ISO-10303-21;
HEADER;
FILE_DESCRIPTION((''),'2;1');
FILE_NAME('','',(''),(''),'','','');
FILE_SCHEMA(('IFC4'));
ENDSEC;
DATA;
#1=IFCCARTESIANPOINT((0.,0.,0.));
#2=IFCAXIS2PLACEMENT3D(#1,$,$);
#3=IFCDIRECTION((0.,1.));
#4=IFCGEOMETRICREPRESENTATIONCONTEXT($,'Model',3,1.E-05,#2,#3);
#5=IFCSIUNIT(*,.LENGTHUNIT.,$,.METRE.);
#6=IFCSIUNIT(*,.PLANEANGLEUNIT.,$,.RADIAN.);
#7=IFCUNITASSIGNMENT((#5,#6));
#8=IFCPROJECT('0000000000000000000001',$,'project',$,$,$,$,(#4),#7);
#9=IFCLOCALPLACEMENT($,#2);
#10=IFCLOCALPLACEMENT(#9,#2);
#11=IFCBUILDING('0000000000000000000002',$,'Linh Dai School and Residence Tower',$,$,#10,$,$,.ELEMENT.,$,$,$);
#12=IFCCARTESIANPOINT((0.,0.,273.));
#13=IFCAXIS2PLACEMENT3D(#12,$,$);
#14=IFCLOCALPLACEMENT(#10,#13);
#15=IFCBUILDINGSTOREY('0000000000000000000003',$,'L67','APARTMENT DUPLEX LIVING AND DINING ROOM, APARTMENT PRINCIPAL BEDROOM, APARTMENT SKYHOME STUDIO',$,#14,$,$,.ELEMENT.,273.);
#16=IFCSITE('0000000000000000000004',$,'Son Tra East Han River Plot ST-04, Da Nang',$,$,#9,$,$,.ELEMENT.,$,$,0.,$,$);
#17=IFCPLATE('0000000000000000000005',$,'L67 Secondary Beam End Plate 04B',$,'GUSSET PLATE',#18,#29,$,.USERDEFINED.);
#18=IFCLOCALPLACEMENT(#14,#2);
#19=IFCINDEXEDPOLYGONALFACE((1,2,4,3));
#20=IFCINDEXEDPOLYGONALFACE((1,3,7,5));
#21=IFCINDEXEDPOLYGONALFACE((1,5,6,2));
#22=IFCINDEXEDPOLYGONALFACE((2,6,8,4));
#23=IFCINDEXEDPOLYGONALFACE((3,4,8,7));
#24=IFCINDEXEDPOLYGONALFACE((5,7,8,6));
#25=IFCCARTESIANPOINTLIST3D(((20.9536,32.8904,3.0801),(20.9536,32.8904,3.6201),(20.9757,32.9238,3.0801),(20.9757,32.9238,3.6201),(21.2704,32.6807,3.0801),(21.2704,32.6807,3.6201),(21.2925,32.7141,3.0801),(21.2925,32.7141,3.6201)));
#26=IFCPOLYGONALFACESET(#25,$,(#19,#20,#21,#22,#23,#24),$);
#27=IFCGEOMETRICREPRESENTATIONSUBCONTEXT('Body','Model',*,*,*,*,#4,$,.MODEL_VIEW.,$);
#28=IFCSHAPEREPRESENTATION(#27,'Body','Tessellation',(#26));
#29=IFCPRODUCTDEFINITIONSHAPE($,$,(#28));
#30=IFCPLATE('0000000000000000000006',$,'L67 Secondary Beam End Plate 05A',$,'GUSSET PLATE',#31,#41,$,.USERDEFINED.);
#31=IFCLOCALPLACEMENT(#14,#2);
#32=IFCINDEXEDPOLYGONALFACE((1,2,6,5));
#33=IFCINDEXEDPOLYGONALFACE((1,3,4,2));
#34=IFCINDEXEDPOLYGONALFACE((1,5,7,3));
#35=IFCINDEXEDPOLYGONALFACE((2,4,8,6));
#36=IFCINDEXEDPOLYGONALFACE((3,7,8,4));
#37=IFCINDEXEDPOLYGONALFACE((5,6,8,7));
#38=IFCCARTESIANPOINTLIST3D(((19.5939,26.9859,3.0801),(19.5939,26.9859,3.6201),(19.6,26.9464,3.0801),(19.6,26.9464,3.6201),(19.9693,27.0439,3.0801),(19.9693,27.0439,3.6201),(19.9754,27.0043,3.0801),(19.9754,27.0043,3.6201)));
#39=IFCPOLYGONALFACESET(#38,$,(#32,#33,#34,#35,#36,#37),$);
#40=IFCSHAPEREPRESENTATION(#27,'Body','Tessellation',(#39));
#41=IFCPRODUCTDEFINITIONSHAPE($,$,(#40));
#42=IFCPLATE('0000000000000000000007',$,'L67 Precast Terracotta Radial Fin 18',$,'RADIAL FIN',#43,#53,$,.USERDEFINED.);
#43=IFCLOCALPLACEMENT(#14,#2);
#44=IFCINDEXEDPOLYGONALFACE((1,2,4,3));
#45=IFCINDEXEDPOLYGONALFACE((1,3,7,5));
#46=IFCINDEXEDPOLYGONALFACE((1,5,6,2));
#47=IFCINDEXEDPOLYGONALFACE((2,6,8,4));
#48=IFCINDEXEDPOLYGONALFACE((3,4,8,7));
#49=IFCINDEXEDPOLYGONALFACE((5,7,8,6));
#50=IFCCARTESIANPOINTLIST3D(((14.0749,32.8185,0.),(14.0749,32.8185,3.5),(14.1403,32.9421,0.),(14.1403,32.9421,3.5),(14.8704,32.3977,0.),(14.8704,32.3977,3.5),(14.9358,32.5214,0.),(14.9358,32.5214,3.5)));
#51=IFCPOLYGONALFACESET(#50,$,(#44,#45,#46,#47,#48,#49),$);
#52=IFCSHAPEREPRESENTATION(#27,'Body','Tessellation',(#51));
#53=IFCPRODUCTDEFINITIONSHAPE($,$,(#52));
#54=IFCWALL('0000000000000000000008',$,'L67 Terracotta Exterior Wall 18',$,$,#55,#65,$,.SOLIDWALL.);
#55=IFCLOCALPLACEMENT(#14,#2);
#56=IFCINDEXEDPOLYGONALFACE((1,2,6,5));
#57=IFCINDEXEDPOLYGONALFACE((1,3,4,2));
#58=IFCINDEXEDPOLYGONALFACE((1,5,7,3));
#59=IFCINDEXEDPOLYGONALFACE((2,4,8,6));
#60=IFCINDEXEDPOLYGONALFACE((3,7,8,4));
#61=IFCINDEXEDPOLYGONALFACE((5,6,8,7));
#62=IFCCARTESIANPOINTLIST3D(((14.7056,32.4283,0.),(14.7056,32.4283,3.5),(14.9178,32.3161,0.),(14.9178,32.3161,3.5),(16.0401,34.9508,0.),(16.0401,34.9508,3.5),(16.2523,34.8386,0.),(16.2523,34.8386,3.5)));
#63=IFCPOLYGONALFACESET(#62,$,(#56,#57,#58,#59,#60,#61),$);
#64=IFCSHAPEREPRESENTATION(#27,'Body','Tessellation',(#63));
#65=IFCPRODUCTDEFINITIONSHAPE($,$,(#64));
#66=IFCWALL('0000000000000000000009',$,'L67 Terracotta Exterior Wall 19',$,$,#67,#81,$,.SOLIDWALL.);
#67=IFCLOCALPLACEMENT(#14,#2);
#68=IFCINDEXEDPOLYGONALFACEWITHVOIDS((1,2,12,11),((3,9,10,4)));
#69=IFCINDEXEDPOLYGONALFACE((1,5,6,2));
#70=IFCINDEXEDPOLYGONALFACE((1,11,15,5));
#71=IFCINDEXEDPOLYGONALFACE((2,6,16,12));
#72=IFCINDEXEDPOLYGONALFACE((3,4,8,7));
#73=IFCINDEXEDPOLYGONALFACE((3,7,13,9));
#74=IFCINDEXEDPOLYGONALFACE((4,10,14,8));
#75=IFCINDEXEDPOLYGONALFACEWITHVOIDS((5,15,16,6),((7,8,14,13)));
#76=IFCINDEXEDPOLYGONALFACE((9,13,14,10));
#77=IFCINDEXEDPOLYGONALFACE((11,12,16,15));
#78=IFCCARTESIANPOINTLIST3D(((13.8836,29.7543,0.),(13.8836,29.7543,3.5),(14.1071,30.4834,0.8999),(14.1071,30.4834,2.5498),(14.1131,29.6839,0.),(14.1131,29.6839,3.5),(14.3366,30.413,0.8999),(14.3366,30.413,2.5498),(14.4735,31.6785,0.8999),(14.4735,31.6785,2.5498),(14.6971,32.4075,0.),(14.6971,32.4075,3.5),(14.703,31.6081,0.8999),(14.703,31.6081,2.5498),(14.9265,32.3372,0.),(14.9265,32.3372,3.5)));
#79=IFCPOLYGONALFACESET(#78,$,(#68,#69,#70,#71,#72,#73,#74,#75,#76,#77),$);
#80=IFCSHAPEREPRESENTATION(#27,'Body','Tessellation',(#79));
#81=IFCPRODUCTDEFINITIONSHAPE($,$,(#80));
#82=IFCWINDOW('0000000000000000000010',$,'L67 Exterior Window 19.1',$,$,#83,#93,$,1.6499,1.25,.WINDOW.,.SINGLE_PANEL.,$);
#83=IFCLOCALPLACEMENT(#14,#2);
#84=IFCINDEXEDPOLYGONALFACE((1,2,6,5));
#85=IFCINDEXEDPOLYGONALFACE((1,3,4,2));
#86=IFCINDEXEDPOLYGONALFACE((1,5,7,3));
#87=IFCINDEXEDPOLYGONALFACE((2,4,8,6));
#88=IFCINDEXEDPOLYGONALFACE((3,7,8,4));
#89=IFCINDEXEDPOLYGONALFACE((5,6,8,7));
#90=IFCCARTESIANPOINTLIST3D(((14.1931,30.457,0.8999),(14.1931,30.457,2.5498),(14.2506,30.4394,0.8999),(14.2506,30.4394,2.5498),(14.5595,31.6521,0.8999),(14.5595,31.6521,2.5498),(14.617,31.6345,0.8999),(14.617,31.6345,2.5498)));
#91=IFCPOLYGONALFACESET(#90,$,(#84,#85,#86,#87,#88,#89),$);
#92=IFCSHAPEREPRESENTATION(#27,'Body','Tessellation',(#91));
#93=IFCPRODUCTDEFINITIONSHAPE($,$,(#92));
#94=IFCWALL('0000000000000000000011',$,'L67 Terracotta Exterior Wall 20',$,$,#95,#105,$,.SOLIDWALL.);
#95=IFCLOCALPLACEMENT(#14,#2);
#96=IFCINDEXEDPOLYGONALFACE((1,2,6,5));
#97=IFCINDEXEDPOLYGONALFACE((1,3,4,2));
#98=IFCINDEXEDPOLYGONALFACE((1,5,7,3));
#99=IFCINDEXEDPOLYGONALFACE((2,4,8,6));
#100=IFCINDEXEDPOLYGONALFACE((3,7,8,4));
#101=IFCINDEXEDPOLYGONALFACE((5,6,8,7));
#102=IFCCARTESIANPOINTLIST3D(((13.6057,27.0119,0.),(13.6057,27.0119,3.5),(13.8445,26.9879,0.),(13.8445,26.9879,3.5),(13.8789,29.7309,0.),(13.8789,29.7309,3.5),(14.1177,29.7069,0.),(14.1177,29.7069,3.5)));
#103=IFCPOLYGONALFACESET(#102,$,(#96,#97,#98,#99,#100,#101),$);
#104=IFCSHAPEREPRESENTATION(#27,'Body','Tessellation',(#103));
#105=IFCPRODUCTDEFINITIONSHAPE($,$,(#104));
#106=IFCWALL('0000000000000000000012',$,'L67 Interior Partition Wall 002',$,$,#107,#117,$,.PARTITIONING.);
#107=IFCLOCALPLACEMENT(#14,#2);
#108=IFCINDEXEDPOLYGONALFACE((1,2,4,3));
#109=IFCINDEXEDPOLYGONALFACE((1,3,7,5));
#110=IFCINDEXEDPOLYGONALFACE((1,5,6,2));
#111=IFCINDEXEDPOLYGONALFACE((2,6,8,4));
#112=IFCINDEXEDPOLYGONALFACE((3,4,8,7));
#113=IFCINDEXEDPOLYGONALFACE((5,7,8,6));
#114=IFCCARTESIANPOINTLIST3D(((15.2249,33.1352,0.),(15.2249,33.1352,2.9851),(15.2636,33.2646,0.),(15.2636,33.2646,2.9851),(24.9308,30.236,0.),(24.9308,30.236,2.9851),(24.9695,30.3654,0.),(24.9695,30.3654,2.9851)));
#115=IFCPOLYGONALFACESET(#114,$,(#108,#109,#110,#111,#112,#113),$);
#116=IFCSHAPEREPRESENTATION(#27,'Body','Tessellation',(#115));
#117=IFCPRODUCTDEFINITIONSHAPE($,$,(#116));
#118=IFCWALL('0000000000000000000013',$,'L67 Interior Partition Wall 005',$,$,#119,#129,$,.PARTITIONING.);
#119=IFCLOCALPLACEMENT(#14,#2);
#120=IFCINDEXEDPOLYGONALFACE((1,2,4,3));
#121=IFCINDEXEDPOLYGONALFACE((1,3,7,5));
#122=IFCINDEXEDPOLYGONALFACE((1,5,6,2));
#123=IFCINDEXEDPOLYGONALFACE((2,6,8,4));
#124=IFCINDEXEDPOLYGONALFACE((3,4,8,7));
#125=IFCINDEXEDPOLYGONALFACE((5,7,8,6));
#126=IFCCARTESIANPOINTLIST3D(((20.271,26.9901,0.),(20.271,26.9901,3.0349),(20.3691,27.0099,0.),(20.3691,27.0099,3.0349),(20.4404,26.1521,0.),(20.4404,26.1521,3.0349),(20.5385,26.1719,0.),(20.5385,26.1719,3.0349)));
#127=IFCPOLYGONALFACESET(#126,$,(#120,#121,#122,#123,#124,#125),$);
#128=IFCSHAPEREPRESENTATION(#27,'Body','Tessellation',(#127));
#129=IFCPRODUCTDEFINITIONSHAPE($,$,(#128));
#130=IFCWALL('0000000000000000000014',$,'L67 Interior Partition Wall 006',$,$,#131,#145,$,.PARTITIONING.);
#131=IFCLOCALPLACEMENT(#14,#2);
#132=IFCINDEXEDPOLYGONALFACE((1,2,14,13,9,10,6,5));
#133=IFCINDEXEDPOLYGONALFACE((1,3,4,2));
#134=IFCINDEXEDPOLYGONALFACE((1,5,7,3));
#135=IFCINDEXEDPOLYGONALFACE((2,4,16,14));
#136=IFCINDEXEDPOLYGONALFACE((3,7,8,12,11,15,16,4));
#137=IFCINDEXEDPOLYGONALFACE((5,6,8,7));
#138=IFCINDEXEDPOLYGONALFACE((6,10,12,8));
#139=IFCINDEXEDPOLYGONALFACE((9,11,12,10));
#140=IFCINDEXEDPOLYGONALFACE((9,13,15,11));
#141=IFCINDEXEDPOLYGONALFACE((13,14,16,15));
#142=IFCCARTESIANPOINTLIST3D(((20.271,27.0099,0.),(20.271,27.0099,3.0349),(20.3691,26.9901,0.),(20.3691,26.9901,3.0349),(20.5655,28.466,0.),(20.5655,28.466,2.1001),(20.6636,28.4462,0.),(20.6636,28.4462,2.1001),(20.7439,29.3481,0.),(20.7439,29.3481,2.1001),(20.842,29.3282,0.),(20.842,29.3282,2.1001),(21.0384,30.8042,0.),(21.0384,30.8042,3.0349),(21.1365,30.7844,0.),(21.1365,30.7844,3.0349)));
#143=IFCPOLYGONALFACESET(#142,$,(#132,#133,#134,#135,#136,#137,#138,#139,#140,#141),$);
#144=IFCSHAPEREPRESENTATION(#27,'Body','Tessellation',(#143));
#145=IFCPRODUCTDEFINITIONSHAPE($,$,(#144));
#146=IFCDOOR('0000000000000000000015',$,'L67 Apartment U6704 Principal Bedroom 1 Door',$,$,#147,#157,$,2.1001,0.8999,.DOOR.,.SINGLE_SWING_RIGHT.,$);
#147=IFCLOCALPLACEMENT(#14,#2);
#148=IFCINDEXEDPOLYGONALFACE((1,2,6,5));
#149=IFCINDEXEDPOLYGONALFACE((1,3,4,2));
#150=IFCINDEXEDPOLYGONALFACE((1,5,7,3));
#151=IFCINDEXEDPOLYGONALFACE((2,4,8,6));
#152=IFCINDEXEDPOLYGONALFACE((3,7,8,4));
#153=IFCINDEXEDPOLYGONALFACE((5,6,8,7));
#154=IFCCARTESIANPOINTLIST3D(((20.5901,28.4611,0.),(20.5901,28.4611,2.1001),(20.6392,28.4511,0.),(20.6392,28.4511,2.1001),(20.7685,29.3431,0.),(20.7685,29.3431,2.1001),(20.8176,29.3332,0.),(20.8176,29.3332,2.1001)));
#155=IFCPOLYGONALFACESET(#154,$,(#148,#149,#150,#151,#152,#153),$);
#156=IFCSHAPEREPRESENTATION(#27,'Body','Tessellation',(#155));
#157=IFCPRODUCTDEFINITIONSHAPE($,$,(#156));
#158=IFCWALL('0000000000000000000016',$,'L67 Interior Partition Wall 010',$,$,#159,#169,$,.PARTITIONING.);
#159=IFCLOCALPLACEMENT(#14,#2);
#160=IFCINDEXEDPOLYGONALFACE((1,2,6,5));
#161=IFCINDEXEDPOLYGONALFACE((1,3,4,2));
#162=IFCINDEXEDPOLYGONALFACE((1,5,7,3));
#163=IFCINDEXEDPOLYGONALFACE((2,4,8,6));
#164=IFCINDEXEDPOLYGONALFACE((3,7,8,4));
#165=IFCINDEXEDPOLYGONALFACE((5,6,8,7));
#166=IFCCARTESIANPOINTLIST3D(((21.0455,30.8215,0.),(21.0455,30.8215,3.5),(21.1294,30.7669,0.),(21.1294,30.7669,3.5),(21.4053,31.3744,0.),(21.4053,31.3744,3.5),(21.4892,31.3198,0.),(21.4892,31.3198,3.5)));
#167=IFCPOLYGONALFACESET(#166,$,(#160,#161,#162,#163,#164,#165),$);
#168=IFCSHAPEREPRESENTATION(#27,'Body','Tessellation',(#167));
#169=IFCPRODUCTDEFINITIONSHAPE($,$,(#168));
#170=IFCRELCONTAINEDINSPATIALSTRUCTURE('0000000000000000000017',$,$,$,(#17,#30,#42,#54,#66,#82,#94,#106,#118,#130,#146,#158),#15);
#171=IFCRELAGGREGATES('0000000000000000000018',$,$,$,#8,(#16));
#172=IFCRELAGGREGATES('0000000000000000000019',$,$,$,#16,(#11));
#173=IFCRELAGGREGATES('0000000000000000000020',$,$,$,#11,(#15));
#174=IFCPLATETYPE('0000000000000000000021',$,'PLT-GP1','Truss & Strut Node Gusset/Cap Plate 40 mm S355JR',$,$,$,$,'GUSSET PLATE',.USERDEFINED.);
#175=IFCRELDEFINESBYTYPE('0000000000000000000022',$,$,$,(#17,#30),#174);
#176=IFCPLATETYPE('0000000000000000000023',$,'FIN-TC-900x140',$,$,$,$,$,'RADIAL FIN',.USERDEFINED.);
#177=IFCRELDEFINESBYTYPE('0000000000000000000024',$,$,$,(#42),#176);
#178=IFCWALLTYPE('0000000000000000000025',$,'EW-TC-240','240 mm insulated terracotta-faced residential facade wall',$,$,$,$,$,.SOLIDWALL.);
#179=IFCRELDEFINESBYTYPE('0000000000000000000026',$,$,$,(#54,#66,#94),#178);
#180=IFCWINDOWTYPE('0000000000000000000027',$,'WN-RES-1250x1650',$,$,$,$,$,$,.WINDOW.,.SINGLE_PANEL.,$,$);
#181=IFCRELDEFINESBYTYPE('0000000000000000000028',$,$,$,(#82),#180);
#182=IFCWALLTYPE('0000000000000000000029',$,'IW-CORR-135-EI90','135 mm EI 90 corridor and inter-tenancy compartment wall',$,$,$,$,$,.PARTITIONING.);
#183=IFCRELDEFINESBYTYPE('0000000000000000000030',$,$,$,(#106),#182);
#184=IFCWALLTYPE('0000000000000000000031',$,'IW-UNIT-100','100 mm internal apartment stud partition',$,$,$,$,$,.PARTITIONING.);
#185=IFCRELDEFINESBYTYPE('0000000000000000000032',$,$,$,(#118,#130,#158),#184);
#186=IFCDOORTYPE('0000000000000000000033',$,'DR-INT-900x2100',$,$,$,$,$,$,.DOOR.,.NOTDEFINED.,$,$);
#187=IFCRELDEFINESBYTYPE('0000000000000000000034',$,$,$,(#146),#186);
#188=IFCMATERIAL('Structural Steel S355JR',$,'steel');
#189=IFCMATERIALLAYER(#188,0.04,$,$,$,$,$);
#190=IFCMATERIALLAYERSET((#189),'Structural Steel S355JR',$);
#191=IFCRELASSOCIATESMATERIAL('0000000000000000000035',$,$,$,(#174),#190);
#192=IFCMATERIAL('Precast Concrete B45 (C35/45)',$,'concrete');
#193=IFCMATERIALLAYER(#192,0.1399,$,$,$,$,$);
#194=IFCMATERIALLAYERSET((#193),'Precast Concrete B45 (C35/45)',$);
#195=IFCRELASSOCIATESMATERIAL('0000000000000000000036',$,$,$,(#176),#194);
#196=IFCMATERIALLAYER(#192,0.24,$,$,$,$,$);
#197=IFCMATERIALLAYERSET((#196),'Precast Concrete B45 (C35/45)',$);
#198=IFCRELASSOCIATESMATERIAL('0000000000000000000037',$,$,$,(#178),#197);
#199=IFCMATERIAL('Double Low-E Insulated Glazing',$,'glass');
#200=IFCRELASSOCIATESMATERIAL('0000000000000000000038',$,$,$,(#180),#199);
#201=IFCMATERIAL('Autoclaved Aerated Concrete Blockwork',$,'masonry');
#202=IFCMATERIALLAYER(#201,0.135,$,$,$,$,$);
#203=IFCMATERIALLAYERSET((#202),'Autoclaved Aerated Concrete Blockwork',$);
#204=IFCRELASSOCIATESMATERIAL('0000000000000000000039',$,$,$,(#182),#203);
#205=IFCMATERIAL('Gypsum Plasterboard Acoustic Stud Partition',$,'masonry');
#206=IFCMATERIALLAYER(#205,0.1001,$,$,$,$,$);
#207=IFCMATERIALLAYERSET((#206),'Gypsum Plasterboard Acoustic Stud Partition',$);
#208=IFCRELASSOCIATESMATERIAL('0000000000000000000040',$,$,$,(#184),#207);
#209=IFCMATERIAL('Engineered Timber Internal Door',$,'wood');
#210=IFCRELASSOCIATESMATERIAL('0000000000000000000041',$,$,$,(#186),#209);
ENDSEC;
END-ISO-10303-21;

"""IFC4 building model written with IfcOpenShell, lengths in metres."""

from ifc_helpers import new_model, si_unit, direction, frame, frame_2d, origin, origin_2d, place, context, subcontext, project, spatial, rectangle, extrude, source, transform, mapped, material, layer, layer_set, type_object, element, fill, save


model = new_model("IFC4")

# Units and contexts
model_context = context("Model", 3, precision=1e-05, world=origin(), true_north=direction((0.0, 1.0)))
body_context = subcontext(model_context, "Body", "Model", "MODEL_VIEW")
ifc_project = project(units=[si_unit("LENGTHUNIT", "METRE"), si_unit("PLANEANGLEUNIT", "RADIAN")], contexts=[model_context])

# Site, building, storey
site_placement = place(None, origin())
site = spatial("IfcSite", under=ifc_project, at=site_placement, Name="Son Tra East Han River Plot ST-04, Da Nang", CompositionType="ELEMENT", RefElevation=0.0)
building_placement = place(site_placement, origin())
building = spatial("IfcBuilding", under=site, at=building_placement, Name="Linh Dai School and Residence Tower", CompositionType="ELEMENT")
storey_placement = place(building_placement, frame((0.0, 0.0, 273.0)))
storey = spatial("IfcBuildingStorey", under=building, at=storey_placement, Name="L67", Description="APARTMENT DUPLEX LIVING AND DINING ROOM, APARTMENT PRINCIPAL BEDROOM, APARTMENT SKYHOME STUDIO", CompositionType="ELEMENT", Elevation=273.0)

# Shared definitions
ifc_material_1 = material(Name="Structural Steel S355JR", Category="steel")

# Plates
ifc_layer_1 = layer(ifc_material_1, 0.04)
ifc_layer_set_1 = layer_set([ifc_layer_1], Name="Structural Steel S355JR")
plate_type_1 = type_object("IfcPlateType", Name="PLT-GP1", Description="Truss & Strut Node Gusset/Cap Plate 40 mm S355JR", ElementType="GUSSET PLATE", PredefinedType="USERDEFINED", material=ifc_layer_set_1)
shared_shape_1 = source(origin(), body_context, "Body", "SweptSolid", [
    extrude(rectangle(XDim=0.04, YDim=0.3799, at=origin_2d()), origin(), (0.0, 0.0, 1.0), 0.54),
])
for number, where, z_axis, x_axis, name in (
    (1, (21.123, 32.8022, 3.0801), (0.0, 0.0, 1.0), (-0.552122, -0.833763, 0.0), "L67 Secondary Beam End Plate 04B"),
    (2, (19.7847, 26.9951, 3.0801), (0.0, 0.0, 1.0), (0.152474, -0.988308, 0.0), "L67 Secondary Beam End Plate 05A"),
):
    element("IfcPlate", number, at=place(storey_placement, frame(where, z_axis=z_axis, x_axis=x_axis)), inside=storey, type_object=plate_type_1, Name=name, ObjectType="GUSSET PLATE", PredefinedType="USERDEFINED", context=body_context, shape_type="MappedRepresentation", body=[
        mapped(shared_shape_1, transform((0.0, 0.0, 0.0), x_axis=(1.0, 0.0, 0.0), y_axis=(0.0, 1.0, 0.0), z_axis=(0.0, 0.0, 1.0), scale=1.0)),
    ])
ifc_material_2 = material(Name="Precast Concrete B45 (C35/45)", Category="concrete")
ifc_layer_2 = layer(ifc_material_2, 0.1399)
ifc_layer_set_2 = layer_set([ifc_layer_2], Name="Precast Concrete B45 (C35/45)")
plate_type_2 = type_object("IfcPlateType", Name="FIN-TC-900x140", ElementType="RADIAL FIN", PredefinedType="USERDEFINED", material=ifc_layer_set_2)
shared_shape_2 = source(origin(), body_context, "Body", "SweptSolid", [
    extrude(rectangle(XDim=0.8999, YDim=0.1399, at=origin_2d()), origin(), (0.0, 0.0, 1.0), 3.5),
])
plate_placement = place(storey_placement, frame((14.5054, 32.6699, 0.0), z_axis=(0.0, 0.0, 1.0), x_axis=(-0.883938, 0.467604, 0.0)))
element("IfcPlate", 3, at=plate_placement, inside=storey, type_object=plate_type_2, Name="L67 Precast Terracotta Radial Fin 18", ObjectType="RADIAL FIN", PredefinedType="USERDEFINED", context=body_context, shape_type="MappedRepresentation", body=[
    mapped(shared_shape_2, transform((0.0, 0.0, 0.0), x_axis=(1.0, 0.0, 0.0), y_axis=(0.0, 1.0, 0.0), z_axis=(0.0, 0.0, 1.0), scale=1.0)),
])

# Wall
ifc_layer_3 = layer(ifc_material_2, 0.24)
ifc_layer_set_3 = layer_set([ifc_layer_3], Name="Precast Concrete B45 (C35/45)")
wall_type_1 = type_object("IfcWallType", Name="EW-TC-240", Description="240 mm insulated terracotta-faced residential facade wall", PredefinedType="SOLIDWALL", material=ifc_layer_set_3)
wall_1_placement = place(storey_placement, frame((14.8118, 32.3723, 0.0), z_axis=(0.0, 0.0, 1.0), x_axis=(0.467628, 0.883925, 0.0)))
element("IfcWall", 4, at=wall_1_placement, inside=storey, type_object=wall_type_1, Name="L67 Terracotta Exterior Wall 18", PredefinedType="SOLIDWALL", context=body_context, shape_type="SweptSolid", body=[
    extrude(rectangle(XDim=2.8538, YDim=0.24, at=frame_2d((1.4268, 0.0))), origin(), (0.0, 0.0, 1.0), 3.5),
])

# Wall, opening, window
wall_2_placement = place(storey_placement, frame((13.9983, 29.719, 0.0), z_axis=(0.0, 0.0, 1.0), x_axis=(0.293121, 0.956075, 0.0)))
wall_2 = element("IfcWall", 5, at=wall_2_placement, inside=storey, type_object=wall_type_1, Name="L67 Terracotta Exterior Wall 19", PredefinedType="SOLIDWALL", context=body_context, shape_type="SweptSolid", body=[
    extrude(rectangle(XDim=2.7751, YDim=0.24, at=frame_2d((1.3877, 0.0))), origin(), (0.0, 0.0, 1.0), 3.5),
])
opening_1_placement = place(wall_2_placement, frame((0.7627, 0.0, 0.8999)))
opening_1 = element("IfcOpeningElement", 6, at=opening_1_placement, cuts=wall_2, PredefinedType="OPENING", context=body_context, shape_type="SweptSolid", body=[
    extrude(rectangle(XDim=1.25, YDim=1.6499, at=origin_2d()), frame((0.625, 0.1299, 0.825), z_axis=(0.0, -1.0, 0.0), x_axis=(1.0, 0.0, 0.0)), (0.0, 0.0, 1.0), 0.26),
])
ifc_material_3 = material(Name="Double Low-E Insulated Glazing", Category="glass")
window_type = type_object("IfcWindowType", Name="WN-RES-1250x1650", PartitioningType="SINGLE_PANEL", PredefinedType="WINDOW", material=ifc_material_3)
shared_shape_3 = source(origin(), body_context, "Body", "SweptSolid", [
    extrude(rectangle(XDim=1.25, YDim=1.6499, at=origin_2d()), frame((0.625, 0.03, 0.825), z_axis=(0.0, -1.0, 0.0), x_axis=(1.0, 0.0, 0.0)), (0.0, 0.0, 1.0), 0.0601),
])
window_placement = place(opening_1_placement, origin())
window = element("IfcWindow", 7, at=window_placement, inside=storey, type_object=window_type, Name="L67 Exterior Window 19.1", OverallHeight=1.6499, OverallWidth=1.25, PartitioningType="SINGLE_PANEL", PredefinedType="WINDOW", context=body_context, shape_type="MappedRepresentation", body=[
    mapped(shared_shape_3, transform((0.0, 0.0, 0.0), x_axis=(1.0, 0.0, 0.0), y_axis=(0.0, 1.0, 0.0), z_axis=(0.0, 0.0, 1.0), scale=1.0)),
])
fill(opening_1, window)

# Walls
wall_3_placement = place(storey_placement, frame((13.7251, 27.0, 0.0), z_axis=(0.0, 0.0, 1.0), x_axis=(0.099973, 0.99499, 0.0)))
element("IfcWall", 8, at=wall_3_placement, inside=storey, type_object=wall_type_1, Name="L67 Terracotta Exterior Wall 20", PredefinedType="SOLIDWALL", context=body_context, shape_type="SweptSolid", body=[
    extrude(rectangle(XDim=2.7327, YDim=0.24, at=frame_2d((1.3662, 0.0))), origin(), (0.0, 0.0, 1.0), 3.5),
])
ifc_material_4 = material(Name="Autoclaved Aerated Concrete Blockwork", Category="masonry")
ifc_layer_4 = layer(ifc_material_4, 0.135)
ifc_layer_set_4 = layer_set([ifc_layer_4], Name="Autoclaved Aerated Concrete Blockwork")
wall_type_2 = type_object("IfcWallType", Name="IW-CORR-135-EI90", Description="135 mm EI 90 corridor and inter-tenancy compartment wall", PredefinedType="PARTITIONING", material=ifc_layer_set_4)
wall_4_placement = place(storey_placement, frame((15.2441, 33.2, 0.0), z_axis=(0.0, 0.0, 1.0), x_axis=(0.958167, -0.286209, 0.0)))
element("IfcWall", 9, at=wall_4_placement, inside=storey, type_object=wall_type_2, Name="L67 Interior Partition Wall 002", PredefinedType="PARTITIONING", context=body_context, shape_type="SweptSolid", body=[
    extrude(rectangle(XDim=10.1296, YDim=0.135, at=frame_2d((5.0649, 0.0))), origin(), (0.0, 0.0, 1.0), 2.9851),
])
ifc_material_5 = material(Name="Gypsum Plasterboard Acoustic Stud Partition", Category="masonry")
ifc_layer_5 = layer(ifc_material_5, 0.1001)
ifc_layer_set_5 = layer_set([ifc_layer_5], Name="Gypsum Plasterboard Acoustic Stud Partition")
wall_type_3 = type_object("IfcWallType", Name="IW-UNIT-100", Description="100 mm internal apartment stud partition", PredefinedType="PARTITIONING", material=ifc_layer_set_5)
wall_5_placement = place(storey_placement, frame((20.3201, 27.0, 0.0), z_axis=(0.0, 0.0, 1.0), x_axis=(0.198147, -0.980172, 0.0)))
element("IfcWall", 10, at=wall_5_placement, inside=storey, type_object=wall_type_3, Name="L67 Interior Partition Wall 005", PredefinedType="PARTITIONING", context=body_context, shape_type="SweptSolid", body=[
    extrude(rectangle(XDim=0.855, YDim=0.1001, at=frame_2d((0.4275, 0.0))), origin(), (0.0, 0.0, 1.0), 3.0349),
])

# Wall, opening, door
wall_6_placement = place(storey_placement, frame((20.3201, 27.0, 0.0), z_axis=(0.0, 0.0, 1.0), x_axis=(0.198226, 0.980156, 0.0)))
wall_6 = element("IfcWall", 11, at=wall_6_placement, inside=storey, type_object=wall_type_3, Name="L67 Interior Partition Wall 006", PredefinedType="PARTITIONING", context=body_context, shape_type="SweptSolid", body=[
    extrude(rectangle(XDim=3.8711, YDim=0.1001, at=frame_2d((1.9355, 0.0))), origin(), (0.0, 0.0, 1.0), 3.0349),
])
opening_2_placement = place(wall_6_placement, frame((1.4856, 0.0, 0.0)))
opening_2 = element("IfcOpeningElement", 12, at=opening_2_placement, cuts=wall_6, PredefinedType="OPENING", context=body_context, shape_type="SweptSolid", body=[
    extrude(rectangle(XDim=0.8999, YDim=2.1001, at=origin_2d()), frame((0.45, 0.0601, 1.05), z_axis=(0.0, -1.0, 0.0), x_axis=(1.0, 0.0, 0.0)), (0.0, 0.0, 1.0), 0.1201),
])
ifc_material_6 = material(Name="Engineered Timber Internal Door", Category="wood")
door_type = type_object("IfcDoorType", Name="DR-INT-900x2100", OperationType="NOTDEFINED", PredefinedType="DOOR", material=ifc_material_6)
shared_shape_4 = source(origin(), body_context, "Body", "SweptSolid", [
    extrude(rectangle(XDim=0.8999, YDim=2.1001, at=origin_2d()), frame((0.45, 0.0249, 1.05), z_axis=(0.0, -1.0, 0.0), x_axis=(1.0, 0.0, 0.0)), (0.0, 0.0, 1.0), 0.05),
])
door_placement = place(opening_2_placement, origin())
door = element("IfcDoor", 13, at=door_placement, inside=storey, type_object=door_type, Name="L67 Apartment U6704 Principal Bedroom 1 Door", OperationType="SINGLE_SWING_RIGHT", OverallHeight=2.1001, OverallWidth=0.8999, PredefinedType="DOOR", context=body_context, shape_type="MappedRepresentation", body=[
    mapped(shared_shape_4, transform((0.0, 0.0, 0.0), x_axis=(1.0, 0.0, 0.0), y_axis=(0.0, 1.0, 0.0), z_axis=(0.0, 0.0, 1.0), scale=1.0)),
])
fill(opening_2, door)

# Wall
wall_7_placement = place(storey_placement, frame((21.0874, 30.7942, 0.0), z_axis=(0.0, 0.0, 1.0), x_axis=(0.545444, 0.838148, 0.0)))
element("IfcWall", 14, at=wall_7_placement, inside=storey, type_object=wall_type_3, Name="L67 Interior Partition Wall 010", PredefinedType="PARTITIONING", context=body_context, shape_type="SweptSolid", body=[
    extrude(rectangle(XDim=0.6597, YDim=0.1001, at=frame_2d((0.3298, 0.0))), origin(), (0.0, 0.0, 1.0), 3.5),
])

save(model, "model.ifc")
